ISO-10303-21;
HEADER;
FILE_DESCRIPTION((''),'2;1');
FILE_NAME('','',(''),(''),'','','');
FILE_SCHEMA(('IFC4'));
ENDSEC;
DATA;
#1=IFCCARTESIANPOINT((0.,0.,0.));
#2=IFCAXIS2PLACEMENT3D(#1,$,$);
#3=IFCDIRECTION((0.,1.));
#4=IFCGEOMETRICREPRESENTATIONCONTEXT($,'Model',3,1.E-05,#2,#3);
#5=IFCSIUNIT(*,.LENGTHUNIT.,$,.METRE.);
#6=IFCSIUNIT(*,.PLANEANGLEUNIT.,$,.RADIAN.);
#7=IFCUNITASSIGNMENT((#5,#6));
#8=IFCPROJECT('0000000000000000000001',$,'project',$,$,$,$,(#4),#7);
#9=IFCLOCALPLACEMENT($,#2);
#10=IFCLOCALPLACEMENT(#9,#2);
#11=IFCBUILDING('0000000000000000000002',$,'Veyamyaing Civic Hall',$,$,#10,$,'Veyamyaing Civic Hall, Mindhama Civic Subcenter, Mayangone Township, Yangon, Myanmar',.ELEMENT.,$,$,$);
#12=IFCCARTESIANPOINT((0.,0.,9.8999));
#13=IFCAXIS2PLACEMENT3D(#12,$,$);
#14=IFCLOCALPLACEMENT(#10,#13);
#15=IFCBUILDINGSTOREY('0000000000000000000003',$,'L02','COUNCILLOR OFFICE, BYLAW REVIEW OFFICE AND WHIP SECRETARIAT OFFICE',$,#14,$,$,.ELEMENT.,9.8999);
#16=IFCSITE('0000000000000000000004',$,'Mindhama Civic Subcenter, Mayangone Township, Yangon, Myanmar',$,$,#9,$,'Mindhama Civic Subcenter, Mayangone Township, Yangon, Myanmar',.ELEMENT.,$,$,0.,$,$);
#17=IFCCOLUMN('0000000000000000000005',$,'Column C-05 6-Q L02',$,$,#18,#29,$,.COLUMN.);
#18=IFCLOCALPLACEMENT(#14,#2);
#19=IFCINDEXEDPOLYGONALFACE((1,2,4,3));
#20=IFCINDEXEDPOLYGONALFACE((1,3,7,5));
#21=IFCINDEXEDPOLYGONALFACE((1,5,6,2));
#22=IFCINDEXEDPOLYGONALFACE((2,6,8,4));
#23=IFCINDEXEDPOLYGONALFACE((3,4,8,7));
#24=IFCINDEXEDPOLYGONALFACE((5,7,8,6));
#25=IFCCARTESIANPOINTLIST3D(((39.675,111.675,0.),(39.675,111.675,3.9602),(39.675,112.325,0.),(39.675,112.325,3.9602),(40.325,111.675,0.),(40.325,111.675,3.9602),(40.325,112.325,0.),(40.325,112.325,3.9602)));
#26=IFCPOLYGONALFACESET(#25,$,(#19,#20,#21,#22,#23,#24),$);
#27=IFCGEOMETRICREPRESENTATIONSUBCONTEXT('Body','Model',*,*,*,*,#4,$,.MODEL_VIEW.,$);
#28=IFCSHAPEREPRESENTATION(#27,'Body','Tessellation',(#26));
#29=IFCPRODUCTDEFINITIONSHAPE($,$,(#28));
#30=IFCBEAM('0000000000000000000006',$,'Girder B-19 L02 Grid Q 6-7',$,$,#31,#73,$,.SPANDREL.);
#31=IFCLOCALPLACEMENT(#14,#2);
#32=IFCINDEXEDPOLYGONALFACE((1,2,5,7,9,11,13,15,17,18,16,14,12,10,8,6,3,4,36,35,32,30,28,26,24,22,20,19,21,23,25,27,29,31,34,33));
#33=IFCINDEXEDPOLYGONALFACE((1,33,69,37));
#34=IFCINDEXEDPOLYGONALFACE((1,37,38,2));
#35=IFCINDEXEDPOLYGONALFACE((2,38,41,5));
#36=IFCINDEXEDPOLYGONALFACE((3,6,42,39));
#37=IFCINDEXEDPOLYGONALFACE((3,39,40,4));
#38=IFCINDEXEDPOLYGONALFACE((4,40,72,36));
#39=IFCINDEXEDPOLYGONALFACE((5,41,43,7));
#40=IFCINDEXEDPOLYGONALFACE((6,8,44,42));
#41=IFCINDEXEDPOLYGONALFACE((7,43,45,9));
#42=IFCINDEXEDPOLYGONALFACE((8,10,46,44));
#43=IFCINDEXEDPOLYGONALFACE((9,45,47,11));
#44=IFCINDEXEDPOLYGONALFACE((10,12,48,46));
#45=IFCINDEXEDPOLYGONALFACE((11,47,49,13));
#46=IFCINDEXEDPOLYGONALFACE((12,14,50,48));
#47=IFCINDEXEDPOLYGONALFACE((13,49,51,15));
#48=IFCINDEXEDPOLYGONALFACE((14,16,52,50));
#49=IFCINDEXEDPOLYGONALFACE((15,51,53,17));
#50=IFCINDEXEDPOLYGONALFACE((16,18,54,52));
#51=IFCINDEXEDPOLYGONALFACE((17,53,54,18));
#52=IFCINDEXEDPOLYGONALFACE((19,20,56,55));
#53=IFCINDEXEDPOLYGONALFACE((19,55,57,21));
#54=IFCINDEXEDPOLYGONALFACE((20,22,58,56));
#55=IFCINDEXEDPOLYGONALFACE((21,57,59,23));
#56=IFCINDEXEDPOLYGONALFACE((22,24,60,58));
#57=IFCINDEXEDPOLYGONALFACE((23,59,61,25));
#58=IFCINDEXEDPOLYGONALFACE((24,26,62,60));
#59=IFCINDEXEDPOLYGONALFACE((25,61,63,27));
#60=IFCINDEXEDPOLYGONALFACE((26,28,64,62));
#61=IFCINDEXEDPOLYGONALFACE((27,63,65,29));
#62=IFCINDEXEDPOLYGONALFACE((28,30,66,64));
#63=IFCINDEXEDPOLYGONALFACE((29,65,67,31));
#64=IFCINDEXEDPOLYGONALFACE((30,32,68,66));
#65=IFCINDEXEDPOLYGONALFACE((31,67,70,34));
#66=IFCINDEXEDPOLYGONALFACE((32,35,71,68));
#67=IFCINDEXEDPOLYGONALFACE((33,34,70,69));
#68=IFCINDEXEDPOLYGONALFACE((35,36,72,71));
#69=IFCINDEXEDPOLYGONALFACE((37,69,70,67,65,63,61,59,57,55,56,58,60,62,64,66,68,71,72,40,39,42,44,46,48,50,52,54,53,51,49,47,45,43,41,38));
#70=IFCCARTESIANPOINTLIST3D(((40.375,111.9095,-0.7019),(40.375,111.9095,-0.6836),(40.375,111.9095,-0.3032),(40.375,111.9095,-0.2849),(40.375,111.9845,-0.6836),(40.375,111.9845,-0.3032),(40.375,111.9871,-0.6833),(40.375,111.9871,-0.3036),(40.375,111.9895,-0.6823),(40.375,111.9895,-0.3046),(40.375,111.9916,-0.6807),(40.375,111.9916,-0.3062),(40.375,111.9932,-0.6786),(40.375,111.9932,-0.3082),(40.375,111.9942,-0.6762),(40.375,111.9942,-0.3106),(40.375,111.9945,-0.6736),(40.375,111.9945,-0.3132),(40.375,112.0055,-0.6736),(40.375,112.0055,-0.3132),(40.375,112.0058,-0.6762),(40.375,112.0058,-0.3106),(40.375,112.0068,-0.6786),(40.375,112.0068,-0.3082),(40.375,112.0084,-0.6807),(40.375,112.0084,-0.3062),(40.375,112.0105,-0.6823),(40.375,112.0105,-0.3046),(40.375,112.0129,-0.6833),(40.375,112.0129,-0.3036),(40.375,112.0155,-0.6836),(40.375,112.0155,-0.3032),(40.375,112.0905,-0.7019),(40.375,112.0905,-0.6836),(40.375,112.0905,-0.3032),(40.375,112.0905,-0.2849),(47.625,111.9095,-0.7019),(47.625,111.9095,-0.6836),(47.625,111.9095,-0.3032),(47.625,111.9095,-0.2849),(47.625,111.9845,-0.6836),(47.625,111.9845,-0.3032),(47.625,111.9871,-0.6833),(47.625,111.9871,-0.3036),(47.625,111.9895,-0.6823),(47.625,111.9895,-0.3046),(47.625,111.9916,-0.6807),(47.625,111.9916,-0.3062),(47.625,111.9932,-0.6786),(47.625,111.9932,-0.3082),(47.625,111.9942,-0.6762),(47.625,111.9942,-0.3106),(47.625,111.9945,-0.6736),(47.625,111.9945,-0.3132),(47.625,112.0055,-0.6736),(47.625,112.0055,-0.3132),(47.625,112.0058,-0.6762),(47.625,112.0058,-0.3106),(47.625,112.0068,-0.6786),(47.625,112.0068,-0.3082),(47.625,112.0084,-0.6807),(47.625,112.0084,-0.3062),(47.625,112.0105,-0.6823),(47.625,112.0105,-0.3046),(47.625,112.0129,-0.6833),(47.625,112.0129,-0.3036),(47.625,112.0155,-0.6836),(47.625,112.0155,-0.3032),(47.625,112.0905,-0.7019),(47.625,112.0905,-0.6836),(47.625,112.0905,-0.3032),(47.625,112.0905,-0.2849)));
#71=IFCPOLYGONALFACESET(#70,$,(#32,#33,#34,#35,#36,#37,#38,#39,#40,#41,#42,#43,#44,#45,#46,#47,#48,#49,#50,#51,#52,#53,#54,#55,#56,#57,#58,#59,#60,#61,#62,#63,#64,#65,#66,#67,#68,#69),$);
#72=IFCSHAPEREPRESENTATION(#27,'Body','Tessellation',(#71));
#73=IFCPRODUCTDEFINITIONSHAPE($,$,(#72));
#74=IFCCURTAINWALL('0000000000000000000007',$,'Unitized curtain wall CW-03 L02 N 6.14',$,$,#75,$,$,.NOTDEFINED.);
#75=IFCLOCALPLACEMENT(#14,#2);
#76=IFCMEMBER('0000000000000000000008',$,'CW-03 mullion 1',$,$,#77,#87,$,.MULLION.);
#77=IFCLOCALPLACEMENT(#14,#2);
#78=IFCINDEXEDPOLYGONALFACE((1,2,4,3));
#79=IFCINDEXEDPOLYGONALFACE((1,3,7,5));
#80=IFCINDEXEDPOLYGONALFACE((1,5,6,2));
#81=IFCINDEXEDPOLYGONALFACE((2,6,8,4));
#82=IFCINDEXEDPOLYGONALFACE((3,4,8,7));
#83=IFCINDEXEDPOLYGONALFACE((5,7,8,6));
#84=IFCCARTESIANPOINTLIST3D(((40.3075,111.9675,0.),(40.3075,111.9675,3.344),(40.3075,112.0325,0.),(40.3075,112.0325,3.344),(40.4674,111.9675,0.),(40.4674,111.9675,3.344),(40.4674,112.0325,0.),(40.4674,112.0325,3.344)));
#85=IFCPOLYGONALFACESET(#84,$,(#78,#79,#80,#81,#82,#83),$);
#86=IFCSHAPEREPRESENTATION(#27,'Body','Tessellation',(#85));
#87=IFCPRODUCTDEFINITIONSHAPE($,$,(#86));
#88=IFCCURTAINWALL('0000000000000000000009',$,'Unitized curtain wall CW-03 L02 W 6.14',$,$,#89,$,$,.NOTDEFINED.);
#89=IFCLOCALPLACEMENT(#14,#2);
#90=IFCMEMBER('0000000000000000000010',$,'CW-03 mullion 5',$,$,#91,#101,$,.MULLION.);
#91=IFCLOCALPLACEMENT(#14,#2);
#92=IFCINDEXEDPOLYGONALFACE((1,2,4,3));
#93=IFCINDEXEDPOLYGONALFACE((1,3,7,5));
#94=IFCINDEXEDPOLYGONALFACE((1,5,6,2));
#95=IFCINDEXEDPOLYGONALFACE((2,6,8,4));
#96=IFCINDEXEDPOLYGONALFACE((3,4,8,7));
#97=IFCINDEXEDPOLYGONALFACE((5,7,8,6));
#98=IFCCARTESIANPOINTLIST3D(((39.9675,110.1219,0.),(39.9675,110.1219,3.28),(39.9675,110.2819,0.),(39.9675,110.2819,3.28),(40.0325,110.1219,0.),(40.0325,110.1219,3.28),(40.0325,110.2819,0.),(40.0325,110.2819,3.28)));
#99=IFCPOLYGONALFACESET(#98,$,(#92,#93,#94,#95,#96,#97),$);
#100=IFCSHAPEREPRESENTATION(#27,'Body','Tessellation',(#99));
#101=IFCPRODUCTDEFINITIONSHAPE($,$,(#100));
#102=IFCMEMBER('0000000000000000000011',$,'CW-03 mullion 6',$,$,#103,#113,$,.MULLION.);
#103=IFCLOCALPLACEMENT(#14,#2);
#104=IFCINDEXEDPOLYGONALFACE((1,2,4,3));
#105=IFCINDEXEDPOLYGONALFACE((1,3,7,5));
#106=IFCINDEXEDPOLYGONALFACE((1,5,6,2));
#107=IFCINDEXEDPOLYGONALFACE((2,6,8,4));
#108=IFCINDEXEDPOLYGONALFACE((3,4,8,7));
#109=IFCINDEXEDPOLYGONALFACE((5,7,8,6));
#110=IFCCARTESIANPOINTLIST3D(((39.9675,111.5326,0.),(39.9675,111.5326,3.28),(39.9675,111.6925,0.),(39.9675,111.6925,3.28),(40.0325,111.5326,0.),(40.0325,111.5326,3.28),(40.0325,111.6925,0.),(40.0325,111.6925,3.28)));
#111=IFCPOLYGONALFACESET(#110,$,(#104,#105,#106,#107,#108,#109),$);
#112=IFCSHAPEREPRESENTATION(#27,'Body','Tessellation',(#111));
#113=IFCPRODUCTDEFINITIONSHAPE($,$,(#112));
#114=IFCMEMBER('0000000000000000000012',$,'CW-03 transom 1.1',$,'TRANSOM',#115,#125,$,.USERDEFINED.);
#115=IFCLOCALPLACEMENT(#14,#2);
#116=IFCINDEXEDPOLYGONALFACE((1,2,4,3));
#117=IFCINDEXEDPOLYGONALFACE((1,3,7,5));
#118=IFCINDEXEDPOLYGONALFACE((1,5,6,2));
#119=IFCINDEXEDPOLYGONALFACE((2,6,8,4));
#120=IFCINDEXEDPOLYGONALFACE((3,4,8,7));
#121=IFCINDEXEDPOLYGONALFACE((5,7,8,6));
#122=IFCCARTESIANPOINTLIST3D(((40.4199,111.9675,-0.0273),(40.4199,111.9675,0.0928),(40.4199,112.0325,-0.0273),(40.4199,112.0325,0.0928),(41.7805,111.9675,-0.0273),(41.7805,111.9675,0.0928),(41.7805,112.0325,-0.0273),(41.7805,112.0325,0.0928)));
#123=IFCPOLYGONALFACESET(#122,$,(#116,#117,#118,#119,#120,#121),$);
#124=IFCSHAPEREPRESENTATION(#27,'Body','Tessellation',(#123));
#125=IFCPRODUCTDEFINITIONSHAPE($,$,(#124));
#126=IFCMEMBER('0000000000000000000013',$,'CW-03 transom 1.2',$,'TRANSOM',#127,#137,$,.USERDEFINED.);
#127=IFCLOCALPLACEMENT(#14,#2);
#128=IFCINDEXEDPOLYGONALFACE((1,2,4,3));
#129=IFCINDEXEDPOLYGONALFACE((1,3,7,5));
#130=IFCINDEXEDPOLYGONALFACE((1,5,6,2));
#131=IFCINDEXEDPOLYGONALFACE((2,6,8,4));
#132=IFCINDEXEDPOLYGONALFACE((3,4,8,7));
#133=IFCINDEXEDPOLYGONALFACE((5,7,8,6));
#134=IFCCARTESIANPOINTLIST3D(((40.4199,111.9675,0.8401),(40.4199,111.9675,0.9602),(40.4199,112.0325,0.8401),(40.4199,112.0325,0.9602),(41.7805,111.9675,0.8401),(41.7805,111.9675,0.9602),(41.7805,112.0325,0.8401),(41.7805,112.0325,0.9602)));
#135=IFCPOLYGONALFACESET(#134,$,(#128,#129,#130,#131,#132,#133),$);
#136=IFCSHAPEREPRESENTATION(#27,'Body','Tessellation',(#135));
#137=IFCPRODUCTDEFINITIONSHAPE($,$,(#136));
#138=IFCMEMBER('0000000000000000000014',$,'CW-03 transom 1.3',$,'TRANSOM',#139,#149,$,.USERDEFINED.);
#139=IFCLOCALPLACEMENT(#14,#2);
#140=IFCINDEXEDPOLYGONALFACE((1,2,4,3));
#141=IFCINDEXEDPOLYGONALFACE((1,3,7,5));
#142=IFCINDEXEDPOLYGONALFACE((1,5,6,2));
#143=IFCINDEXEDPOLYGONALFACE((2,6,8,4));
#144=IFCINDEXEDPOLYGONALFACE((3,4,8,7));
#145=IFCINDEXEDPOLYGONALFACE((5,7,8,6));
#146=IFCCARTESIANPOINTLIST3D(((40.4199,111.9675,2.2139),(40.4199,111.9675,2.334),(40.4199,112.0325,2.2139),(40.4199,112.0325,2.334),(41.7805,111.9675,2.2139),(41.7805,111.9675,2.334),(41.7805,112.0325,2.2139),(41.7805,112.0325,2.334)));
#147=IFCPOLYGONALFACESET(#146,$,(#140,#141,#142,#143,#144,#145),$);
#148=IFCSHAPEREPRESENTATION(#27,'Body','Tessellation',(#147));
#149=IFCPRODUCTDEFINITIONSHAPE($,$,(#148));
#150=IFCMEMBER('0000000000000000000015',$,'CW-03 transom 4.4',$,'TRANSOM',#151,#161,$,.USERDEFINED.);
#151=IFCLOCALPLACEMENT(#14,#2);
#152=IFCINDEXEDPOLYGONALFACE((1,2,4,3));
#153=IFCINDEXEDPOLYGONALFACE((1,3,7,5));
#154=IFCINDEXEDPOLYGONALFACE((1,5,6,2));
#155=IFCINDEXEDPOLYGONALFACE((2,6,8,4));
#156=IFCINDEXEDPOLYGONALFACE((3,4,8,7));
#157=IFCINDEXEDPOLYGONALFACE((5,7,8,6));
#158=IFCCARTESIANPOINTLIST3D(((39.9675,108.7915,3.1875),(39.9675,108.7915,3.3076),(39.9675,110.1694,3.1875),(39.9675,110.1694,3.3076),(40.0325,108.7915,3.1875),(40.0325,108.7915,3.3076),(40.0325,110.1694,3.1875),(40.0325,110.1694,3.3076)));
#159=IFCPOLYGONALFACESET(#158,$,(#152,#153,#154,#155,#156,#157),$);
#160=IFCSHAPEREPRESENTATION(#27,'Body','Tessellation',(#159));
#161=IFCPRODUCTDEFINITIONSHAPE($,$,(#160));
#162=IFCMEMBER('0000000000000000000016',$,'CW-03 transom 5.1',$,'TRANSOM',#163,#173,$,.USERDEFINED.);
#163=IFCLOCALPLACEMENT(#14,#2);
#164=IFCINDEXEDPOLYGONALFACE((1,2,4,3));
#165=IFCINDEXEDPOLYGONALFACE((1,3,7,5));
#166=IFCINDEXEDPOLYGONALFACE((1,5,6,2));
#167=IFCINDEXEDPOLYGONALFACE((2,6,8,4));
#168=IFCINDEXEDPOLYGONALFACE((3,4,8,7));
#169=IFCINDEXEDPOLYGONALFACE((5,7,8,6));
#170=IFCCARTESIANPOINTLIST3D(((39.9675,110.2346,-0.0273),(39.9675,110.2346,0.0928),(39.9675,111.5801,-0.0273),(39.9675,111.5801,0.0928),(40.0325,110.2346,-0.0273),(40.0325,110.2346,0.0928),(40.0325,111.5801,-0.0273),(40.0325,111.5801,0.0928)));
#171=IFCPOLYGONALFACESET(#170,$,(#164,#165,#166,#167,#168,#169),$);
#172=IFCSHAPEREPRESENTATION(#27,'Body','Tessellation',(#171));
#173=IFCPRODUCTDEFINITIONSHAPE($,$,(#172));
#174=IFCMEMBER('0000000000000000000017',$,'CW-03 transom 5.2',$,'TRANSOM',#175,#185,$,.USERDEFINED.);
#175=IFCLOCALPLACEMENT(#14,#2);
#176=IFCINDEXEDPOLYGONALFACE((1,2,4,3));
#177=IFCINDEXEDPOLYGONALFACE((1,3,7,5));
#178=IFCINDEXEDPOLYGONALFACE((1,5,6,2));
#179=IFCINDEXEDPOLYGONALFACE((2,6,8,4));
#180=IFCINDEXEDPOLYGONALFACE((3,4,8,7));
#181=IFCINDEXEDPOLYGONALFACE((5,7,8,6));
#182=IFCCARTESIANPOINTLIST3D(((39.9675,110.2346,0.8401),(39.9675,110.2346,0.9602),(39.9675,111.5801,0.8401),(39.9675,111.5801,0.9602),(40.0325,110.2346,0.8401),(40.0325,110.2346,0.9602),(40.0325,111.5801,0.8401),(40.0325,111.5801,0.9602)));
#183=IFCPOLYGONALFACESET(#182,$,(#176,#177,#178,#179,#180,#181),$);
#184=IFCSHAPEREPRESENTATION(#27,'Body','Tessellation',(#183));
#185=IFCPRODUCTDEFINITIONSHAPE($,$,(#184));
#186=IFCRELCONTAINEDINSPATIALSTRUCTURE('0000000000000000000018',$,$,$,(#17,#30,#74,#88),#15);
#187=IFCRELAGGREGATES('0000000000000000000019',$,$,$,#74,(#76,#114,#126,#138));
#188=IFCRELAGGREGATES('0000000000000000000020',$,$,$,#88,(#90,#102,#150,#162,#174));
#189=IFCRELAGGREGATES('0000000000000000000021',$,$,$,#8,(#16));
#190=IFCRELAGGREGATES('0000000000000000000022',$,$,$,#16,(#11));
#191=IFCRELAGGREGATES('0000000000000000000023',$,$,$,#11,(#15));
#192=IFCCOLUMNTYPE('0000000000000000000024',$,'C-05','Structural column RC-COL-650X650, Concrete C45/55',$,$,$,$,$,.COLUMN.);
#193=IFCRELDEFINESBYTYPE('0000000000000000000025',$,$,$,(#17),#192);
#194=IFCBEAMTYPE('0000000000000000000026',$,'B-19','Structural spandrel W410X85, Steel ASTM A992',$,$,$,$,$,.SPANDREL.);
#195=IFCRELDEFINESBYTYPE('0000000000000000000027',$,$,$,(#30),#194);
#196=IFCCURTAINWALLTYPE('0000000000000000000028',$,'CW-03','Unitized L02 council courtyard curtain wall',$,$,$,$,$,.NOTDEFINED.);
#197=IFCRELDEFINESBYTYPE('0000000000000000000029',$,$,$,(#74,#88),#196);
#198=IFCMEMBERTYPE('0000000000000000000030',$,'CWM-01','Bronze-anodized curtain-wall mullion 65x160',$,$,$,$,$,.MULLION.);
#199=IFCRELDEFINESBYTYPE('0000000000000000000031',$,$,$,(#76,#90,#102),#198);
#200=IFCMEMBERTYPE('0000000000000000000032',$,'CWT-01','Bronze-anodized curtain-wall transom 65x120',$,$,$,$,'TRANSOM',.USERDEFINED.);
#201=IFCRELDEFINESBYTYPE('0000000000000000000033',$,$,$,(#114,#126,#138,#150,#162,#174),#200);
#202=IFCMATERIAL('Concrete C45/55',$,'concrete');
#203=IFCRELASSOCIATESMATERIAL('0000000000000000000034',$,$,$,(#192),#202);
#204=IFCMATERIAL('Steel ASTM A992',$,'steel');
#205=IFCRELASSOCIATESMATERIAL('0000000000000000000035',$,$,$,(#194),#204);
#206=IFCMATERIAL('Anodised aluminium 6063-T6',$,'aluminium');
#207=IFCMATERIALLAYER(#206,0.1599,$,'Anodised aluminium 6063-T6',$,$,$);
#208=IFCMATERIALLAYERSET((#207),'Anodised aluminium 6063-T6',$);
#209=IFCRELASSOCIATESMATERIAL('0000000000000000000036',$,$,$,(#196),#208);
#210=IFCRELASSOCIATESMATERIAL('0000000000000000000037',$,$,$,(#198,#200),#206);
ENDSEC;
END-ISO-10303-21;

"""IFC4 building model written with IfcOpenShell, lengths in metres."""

from ifc_helpers import new_model, si_unit, direction, frame, origin, origin_2d, place, context, subcontext, project, spatial, rectangle, i_section, extrude, material, layer, layer_set, material_profile, profile_set, type_object, element, aggregate, save


model = new_model("IFC4")

# Units and contexts
model_context = context("Model", 3, precision=1e-05, world=origin(), true_north=direction((0.0, 1.0)))
body_context = subcontext(model_context, "Body", "Model", "MODEL_VIEW")
ifc_project = project(units=[si_unit("LENGTHUNIT", "METRE"), si_unit("PLANEANGLEUNIT", "RADIAN")], contexts=[model_context])

# Site, building, storey
site_placement = place(None, origin())
site = spatial("IfcSite", under=ifc_project, at=site_placement, Name="Mindhama Civic Subcenter, Mayangone Township, Yangon, Myanmar", LongName="Mindhama Civic Subcenter, Mayangone Township, Yangon, Myanmar", CompositionType="ELEMENT", RefElevation=0.0)
building_placement = place(site_placement, origin())
building = spatial("IfcBuilding", under=site, at=building_placement, Name="Veyamyaing Civic Hall", LongName="Veyamyaing Civic Hall, Mindhama Civic Subcenter, Mayangone Township, Yangon, Myanmar", CompositionType="ELEMENT")
storey_placement = place(building_placement, frame((0.0, 0.0, 9.8999)))
storey = spatial("IfcBuildingStorey", under=building, at=storey_placement, Name="L02", Description="COUNCILLOR OFFICE, BYLAW REVIEW OFFICE AND WHIP SECRETARIAT OFFICE", CompositionType="ELEMENT", Elevation=9.8999)

# Column
ifc_material_1 = material(Name="Concrete C45/55", Category="concrete")
ifc_material_profile_1 = material_profile(ifc_material_1, rectangle(XDim=0.6499, YDim=0.6499, at=origin_2d()), Name="RC-COL-650X650")
ifc_profile_set_1 = profile_set([ifc_material_profile_1], Name="Concrete C45/55")
column_type = type_object("IfcColumnType", Name="C-05", Description="Structural column RC-COL-650X650, Concrete C45/55", PredefinedType="COLUMN", material=ifc_profile_set_1)
column_placement = place(storey_placement, frame((40.0, 112.0, 0.0), z_axis=(0.0, 0.0, 1.0), x_axis=(1.0, 0.0, 0.0)))
element("IfcColumn", 1, at=column_placement, inside=storey, type_object=column_type, Name="Column C-05 6-Q L02", PredefinedType="COLUMN", context=body_context, shape_type="SweptSolid", body=[
    extrude(rectangle(XDim=0.6499, YDim=0.6499, at=origin_2d()), origin(), (0.0, 0.0, 1.0), 3.9602),
])

# Beam
ifc_material_2 = material(Name="Steel ASTM A992", Category="steel")
ifc_material_profile_2 = material_profile(ifc_material_2, i_section(OverallWidth=0.1809, OverallDepth=0.417, WebThickness=0.011, FlangeThickness=0.0183, FilletRadius=0.01, at=origin_2d()), Name="W410X85")
ifc_profile_set_2 = profile_set([ifc_material_profile_2], Name="Steel ASTM A992")
beam_type_1 = type_object("IfcBeamType", Name="B-19", Description="Structural spandrel W410X85, Steel ASTM A992", PredefinedType="SPANDREL", material=ifc_profile_set_2)
beam_1_placement = place(storey_placement, frame((40.375, 112.0, -0.4934), z_axis=(1.0, 0.0, 0.0), x_axis=(0.0, 1.0, 0.0)))
element("IfcBeam", 2, at=beam_1_placement, inside=storey, type_object=beam_type_1, Name="Girder B-19 L02 Grid Q 6-7", PredefinedType="SPANDREL", context=body_context, shape_type="SweptSolid", body=[
    extrude(i_section(OverallWidth=0.1809, OverallDepth=0.417, WebThickness=0.011, FlangeThickness=0.0183, FilletRadius=0.01, at=origin_2d()), origin(), (0.0, 0.0, 1.0), 7.25),
])

# Curtain wall, member
ifc_material_3 = material(Name="Anodised aluminium 6063-T6", Category="aluminium")
ifc_layer_1 = layer(ifc_material_3, 0.1599, Name="Anodised aluminium 6063-T6")
ifc_layer_set_1 = layer_set([ifc_layer_1], Name="Anodised aluminium 6063-T6")
curtain_wall_type = type_object("IfcCurtainWallType", Name="CW-03", Description="Unitized L02 council courtyard curtain wall", PredefinedType="NOTDEFINED", material=ifc_layer_set_1)
curtain_wall_1_placement = place(storey_placement, origin())
curtain_wall_1 = element("IfcCurtainWall", 3, at=curtain_wall_1_placement, inside=storey, type_object=curtain_wall_type, Name="Unitized curtain wall CW-03 L02 N 6.14", PredefinedType="NOTDEFINED")
ifc_material_profile_3 = material_profile(ifc_material_3, rectangle(XDim=0.0649, YDim=0.1599, at=origin_2d()), Name="ALU-MUL-65X160")
ifc_profile_set_3 = profile_set([ifc_material_profile_3], Name="Anodised aluminium 6063-T6")
member_type_1 = type_object("IfcMemberType", Name="CWM-01", Description="Bronze-anodized curtain-wall mullion 65x160", PredefinedType="MULLION", material=ifc_profile_set_3)
member_1_placement = place(storey_placement, frame((40.3875, 112.0, 0.0), z_axis=(0.0, 0.0, 1.0), x_axis=(0.0, 1.0, 0.0)))
member_1 = element("IfcMember", 4, at=member_1_placement, type_object=member_type_1, Name="CW-03 mullion 1", PredefinedType="MULLION", context=body_context, shape_type="SweptSolid", body=[
    extrude(rectangle(XDim=0.0649, YDim=0.1599, at=origin_2d()), origin(), (0.0, 0.0, 1.0), 3.344),
])

# Curtain wall, members
curtain_wall_2_placement = place(storey_placement, origin())
curtain_wall_2 = element("IfcCurtainWall", 5, at=curtain_wall_2_placement, inside=storey, type_object=curtain_wall_type, Name="Unitized curtain wall CW-03 L02 W 6.14", PredefinedType="NOTDEFINED")
member_2_placement = place(storey_placement, frame((40.0, 110.2019, 0.0), z_axis=(0.0, 0.0, 1.0), x_axis=(-1.0, 0.0, 0.0)))
member_2 = element("IfcMember", 6, at=member_2_placement, type_object=member_type_1, Name="CW-03 mullion 5", PredefinedType="MULLION", context=body_context, shape_type="SweptSolid", body=[
    extrude(rectangle(XDim=0.0649, YDim=0.1599, at=origin_2d()), origin(), (0.0, 0.0, 1.0), 3.28),
])
member_3_placement = place(storey_placement, frame((40.0, 111.6125, 0.0), z_axis=(0.0, 0.0, 1.0), x_axis=(-1.0, 0.0, 0.0)))
member_3 = element("IfcMember", 7, at=member_3_placement, type_object=member_type_1, Name="CW-03 mullion 6", PredefinedType="MULLION", context=body_context, shape_type="SweptSolid", body=[
    extrude(rectangle(XDim=0.0649, YDim=0.1599, at=origin_2d()), origin(), (0.0, 0.0, 1.0), 3.28),
])

# Members
ifc_material_profile_4 = material_profile(ifc_material_3, rectangle(XDim=0.0649, YDim=0.1201, at=origin_2d()), Name="ALU-TRN-65X120")
ifc_profile_set_4 = profile_set([ifc_material_profile_4], Name="Anodised aluminium 6063-T6")
member_type_2 = type_object("IfcMemberType", Name="CWT-01", Description="Bronze-anodized curtain-wall transom 65x120", ElementType="TRANSOM", PredefinedType="USERDEFINED", material=ifc_profile_set_4)
member_4_placement = place(storey_placement, frame((40.4199, 112.0, 0.0327), z_axis=(1.0, 0.0, 0.0), x_axis=(0.0, 1.0, 0.0)))
member_4 = element("IfcMember", 8, at=member_4_placement, type_object=member_type_2, Name="CW-03 transom 1.1", ObjectType="TRANSOM", PredefinedType="USERDEFINED", context=body_context, shape_type="SweptSolid", body=[
    extrude(rectangle(XDim=0.0649, YDim=0.1201, at=origin_2d()), origin(), (0.0, 0.0, 1.0), 1.3606),
])
member_5_placement = place(storey_placement, frame((40.4199, 112.0, 0.9001), z_axis=(1.0, 0.0, 0.0), x_axis=(0.0, 1.0, 0.0)))
member_5 = element("IfcMember", 9, at=member_5_placement, type_object=member_type_2, Name="CW-03 transom 1.2", ObjectType="TRANSOM", PredefinedType="USERDEFINED", context=body_context, shape_type="SweptSolid", body=[
    extrude(rectangle(XDim=0.0649, YDim=0.1201, at=origin_2d()), origin(), (0.0, 0.0, 1.0), 1.3606),
])
member_6_placement = place(storey_placement, frame((40.4199, 112.0, 2.2739), z_axis=(1.0, 0.0, 0.0), x_axis=(0.0, 1.0, 0.0)))
member_6 = element("IfcMember", 10, at=member_6_placement, type_object=member_type_2, Name="CW-03 transom 1.3", ObjectType="TRANSOM", PredefinedType="USERDEFINED", context=body_context, shape_type="SweptSolid", body=[
    extrude(rectangle(XDim=0.0649, YDim=0.1201, at=origin_2d()), origin(), (0.0, 0.0, 1.0), 1.3606),
])
aggregate(curtain_wall_1, [member_1, member_4, member_5, member_6])
member_7_placement = place(storey_placement, frame((40.0, 108.7915, 3.2476), z_axis=(0.0, 1.0, 0.0), x_axis=(-1.0, 0.0, 0.0)))
member_7 = element("IfcMember", 11, at=member_7_placement, type_object=member_type_2, Name="CW-03 transom 4.4", ObjectType="TRANSOM", PredefinedType="USERDEFINED", context=body_context, shape_type="SweptSolid", body=[
    extrude(rectangle(XDim=0.0649, YDim=0.1201, at=origin_2d()), origin(), (0.0, 0.0, 1.0), 1.3779),
])
member_8_placement = place(storey_placement, frame((40.0, 110.2346, 0.0327), z_axis=(0.0, 1.0, 0.0), x_axis=(-1.0, 0.0, 0.0)))
member_8 = element("IfcMember", 12, at=member_8_placement, type_object=member_type_2, Name="CW-03 transom 5.1", ObjectType="TRANSOM", PredefinedType="USERDEFINED", context=body_context, shape_type="SweptSolid", body=[
    extrude(rectangle(XDim=0.0649, YDim=0.1201, at=origin_2d()), origin(), (0.0, 0.0, 1.0), 1.3455),
])
member_9_placement = place(storey_placement, frame((40.0, 110.2346, 0.9001), z_axis=(0.0, 1.0, 0.0), x_axis=(-1.0, 0.0, 0.0)))
member_9 = element("IfcMember", 13, at=member_9_placement, type_object=member_type_2, Name="CW-03 transom 5.2", ObjectType="TRANSOM", PredefinedType="USERDEFINED", context=body_context, shape_type="SweptSolid", body=[
    extrude(rectangle(XDim=0.0649, YDim=0.1201, at=origin_2d()), origin(), (0.0, 0.0, 1.0), 1.3455),
])

aggregate(curtain_wall_2, [member_2, member_3, member_7, member_8, member_9])

save(model, "model.ifc")
